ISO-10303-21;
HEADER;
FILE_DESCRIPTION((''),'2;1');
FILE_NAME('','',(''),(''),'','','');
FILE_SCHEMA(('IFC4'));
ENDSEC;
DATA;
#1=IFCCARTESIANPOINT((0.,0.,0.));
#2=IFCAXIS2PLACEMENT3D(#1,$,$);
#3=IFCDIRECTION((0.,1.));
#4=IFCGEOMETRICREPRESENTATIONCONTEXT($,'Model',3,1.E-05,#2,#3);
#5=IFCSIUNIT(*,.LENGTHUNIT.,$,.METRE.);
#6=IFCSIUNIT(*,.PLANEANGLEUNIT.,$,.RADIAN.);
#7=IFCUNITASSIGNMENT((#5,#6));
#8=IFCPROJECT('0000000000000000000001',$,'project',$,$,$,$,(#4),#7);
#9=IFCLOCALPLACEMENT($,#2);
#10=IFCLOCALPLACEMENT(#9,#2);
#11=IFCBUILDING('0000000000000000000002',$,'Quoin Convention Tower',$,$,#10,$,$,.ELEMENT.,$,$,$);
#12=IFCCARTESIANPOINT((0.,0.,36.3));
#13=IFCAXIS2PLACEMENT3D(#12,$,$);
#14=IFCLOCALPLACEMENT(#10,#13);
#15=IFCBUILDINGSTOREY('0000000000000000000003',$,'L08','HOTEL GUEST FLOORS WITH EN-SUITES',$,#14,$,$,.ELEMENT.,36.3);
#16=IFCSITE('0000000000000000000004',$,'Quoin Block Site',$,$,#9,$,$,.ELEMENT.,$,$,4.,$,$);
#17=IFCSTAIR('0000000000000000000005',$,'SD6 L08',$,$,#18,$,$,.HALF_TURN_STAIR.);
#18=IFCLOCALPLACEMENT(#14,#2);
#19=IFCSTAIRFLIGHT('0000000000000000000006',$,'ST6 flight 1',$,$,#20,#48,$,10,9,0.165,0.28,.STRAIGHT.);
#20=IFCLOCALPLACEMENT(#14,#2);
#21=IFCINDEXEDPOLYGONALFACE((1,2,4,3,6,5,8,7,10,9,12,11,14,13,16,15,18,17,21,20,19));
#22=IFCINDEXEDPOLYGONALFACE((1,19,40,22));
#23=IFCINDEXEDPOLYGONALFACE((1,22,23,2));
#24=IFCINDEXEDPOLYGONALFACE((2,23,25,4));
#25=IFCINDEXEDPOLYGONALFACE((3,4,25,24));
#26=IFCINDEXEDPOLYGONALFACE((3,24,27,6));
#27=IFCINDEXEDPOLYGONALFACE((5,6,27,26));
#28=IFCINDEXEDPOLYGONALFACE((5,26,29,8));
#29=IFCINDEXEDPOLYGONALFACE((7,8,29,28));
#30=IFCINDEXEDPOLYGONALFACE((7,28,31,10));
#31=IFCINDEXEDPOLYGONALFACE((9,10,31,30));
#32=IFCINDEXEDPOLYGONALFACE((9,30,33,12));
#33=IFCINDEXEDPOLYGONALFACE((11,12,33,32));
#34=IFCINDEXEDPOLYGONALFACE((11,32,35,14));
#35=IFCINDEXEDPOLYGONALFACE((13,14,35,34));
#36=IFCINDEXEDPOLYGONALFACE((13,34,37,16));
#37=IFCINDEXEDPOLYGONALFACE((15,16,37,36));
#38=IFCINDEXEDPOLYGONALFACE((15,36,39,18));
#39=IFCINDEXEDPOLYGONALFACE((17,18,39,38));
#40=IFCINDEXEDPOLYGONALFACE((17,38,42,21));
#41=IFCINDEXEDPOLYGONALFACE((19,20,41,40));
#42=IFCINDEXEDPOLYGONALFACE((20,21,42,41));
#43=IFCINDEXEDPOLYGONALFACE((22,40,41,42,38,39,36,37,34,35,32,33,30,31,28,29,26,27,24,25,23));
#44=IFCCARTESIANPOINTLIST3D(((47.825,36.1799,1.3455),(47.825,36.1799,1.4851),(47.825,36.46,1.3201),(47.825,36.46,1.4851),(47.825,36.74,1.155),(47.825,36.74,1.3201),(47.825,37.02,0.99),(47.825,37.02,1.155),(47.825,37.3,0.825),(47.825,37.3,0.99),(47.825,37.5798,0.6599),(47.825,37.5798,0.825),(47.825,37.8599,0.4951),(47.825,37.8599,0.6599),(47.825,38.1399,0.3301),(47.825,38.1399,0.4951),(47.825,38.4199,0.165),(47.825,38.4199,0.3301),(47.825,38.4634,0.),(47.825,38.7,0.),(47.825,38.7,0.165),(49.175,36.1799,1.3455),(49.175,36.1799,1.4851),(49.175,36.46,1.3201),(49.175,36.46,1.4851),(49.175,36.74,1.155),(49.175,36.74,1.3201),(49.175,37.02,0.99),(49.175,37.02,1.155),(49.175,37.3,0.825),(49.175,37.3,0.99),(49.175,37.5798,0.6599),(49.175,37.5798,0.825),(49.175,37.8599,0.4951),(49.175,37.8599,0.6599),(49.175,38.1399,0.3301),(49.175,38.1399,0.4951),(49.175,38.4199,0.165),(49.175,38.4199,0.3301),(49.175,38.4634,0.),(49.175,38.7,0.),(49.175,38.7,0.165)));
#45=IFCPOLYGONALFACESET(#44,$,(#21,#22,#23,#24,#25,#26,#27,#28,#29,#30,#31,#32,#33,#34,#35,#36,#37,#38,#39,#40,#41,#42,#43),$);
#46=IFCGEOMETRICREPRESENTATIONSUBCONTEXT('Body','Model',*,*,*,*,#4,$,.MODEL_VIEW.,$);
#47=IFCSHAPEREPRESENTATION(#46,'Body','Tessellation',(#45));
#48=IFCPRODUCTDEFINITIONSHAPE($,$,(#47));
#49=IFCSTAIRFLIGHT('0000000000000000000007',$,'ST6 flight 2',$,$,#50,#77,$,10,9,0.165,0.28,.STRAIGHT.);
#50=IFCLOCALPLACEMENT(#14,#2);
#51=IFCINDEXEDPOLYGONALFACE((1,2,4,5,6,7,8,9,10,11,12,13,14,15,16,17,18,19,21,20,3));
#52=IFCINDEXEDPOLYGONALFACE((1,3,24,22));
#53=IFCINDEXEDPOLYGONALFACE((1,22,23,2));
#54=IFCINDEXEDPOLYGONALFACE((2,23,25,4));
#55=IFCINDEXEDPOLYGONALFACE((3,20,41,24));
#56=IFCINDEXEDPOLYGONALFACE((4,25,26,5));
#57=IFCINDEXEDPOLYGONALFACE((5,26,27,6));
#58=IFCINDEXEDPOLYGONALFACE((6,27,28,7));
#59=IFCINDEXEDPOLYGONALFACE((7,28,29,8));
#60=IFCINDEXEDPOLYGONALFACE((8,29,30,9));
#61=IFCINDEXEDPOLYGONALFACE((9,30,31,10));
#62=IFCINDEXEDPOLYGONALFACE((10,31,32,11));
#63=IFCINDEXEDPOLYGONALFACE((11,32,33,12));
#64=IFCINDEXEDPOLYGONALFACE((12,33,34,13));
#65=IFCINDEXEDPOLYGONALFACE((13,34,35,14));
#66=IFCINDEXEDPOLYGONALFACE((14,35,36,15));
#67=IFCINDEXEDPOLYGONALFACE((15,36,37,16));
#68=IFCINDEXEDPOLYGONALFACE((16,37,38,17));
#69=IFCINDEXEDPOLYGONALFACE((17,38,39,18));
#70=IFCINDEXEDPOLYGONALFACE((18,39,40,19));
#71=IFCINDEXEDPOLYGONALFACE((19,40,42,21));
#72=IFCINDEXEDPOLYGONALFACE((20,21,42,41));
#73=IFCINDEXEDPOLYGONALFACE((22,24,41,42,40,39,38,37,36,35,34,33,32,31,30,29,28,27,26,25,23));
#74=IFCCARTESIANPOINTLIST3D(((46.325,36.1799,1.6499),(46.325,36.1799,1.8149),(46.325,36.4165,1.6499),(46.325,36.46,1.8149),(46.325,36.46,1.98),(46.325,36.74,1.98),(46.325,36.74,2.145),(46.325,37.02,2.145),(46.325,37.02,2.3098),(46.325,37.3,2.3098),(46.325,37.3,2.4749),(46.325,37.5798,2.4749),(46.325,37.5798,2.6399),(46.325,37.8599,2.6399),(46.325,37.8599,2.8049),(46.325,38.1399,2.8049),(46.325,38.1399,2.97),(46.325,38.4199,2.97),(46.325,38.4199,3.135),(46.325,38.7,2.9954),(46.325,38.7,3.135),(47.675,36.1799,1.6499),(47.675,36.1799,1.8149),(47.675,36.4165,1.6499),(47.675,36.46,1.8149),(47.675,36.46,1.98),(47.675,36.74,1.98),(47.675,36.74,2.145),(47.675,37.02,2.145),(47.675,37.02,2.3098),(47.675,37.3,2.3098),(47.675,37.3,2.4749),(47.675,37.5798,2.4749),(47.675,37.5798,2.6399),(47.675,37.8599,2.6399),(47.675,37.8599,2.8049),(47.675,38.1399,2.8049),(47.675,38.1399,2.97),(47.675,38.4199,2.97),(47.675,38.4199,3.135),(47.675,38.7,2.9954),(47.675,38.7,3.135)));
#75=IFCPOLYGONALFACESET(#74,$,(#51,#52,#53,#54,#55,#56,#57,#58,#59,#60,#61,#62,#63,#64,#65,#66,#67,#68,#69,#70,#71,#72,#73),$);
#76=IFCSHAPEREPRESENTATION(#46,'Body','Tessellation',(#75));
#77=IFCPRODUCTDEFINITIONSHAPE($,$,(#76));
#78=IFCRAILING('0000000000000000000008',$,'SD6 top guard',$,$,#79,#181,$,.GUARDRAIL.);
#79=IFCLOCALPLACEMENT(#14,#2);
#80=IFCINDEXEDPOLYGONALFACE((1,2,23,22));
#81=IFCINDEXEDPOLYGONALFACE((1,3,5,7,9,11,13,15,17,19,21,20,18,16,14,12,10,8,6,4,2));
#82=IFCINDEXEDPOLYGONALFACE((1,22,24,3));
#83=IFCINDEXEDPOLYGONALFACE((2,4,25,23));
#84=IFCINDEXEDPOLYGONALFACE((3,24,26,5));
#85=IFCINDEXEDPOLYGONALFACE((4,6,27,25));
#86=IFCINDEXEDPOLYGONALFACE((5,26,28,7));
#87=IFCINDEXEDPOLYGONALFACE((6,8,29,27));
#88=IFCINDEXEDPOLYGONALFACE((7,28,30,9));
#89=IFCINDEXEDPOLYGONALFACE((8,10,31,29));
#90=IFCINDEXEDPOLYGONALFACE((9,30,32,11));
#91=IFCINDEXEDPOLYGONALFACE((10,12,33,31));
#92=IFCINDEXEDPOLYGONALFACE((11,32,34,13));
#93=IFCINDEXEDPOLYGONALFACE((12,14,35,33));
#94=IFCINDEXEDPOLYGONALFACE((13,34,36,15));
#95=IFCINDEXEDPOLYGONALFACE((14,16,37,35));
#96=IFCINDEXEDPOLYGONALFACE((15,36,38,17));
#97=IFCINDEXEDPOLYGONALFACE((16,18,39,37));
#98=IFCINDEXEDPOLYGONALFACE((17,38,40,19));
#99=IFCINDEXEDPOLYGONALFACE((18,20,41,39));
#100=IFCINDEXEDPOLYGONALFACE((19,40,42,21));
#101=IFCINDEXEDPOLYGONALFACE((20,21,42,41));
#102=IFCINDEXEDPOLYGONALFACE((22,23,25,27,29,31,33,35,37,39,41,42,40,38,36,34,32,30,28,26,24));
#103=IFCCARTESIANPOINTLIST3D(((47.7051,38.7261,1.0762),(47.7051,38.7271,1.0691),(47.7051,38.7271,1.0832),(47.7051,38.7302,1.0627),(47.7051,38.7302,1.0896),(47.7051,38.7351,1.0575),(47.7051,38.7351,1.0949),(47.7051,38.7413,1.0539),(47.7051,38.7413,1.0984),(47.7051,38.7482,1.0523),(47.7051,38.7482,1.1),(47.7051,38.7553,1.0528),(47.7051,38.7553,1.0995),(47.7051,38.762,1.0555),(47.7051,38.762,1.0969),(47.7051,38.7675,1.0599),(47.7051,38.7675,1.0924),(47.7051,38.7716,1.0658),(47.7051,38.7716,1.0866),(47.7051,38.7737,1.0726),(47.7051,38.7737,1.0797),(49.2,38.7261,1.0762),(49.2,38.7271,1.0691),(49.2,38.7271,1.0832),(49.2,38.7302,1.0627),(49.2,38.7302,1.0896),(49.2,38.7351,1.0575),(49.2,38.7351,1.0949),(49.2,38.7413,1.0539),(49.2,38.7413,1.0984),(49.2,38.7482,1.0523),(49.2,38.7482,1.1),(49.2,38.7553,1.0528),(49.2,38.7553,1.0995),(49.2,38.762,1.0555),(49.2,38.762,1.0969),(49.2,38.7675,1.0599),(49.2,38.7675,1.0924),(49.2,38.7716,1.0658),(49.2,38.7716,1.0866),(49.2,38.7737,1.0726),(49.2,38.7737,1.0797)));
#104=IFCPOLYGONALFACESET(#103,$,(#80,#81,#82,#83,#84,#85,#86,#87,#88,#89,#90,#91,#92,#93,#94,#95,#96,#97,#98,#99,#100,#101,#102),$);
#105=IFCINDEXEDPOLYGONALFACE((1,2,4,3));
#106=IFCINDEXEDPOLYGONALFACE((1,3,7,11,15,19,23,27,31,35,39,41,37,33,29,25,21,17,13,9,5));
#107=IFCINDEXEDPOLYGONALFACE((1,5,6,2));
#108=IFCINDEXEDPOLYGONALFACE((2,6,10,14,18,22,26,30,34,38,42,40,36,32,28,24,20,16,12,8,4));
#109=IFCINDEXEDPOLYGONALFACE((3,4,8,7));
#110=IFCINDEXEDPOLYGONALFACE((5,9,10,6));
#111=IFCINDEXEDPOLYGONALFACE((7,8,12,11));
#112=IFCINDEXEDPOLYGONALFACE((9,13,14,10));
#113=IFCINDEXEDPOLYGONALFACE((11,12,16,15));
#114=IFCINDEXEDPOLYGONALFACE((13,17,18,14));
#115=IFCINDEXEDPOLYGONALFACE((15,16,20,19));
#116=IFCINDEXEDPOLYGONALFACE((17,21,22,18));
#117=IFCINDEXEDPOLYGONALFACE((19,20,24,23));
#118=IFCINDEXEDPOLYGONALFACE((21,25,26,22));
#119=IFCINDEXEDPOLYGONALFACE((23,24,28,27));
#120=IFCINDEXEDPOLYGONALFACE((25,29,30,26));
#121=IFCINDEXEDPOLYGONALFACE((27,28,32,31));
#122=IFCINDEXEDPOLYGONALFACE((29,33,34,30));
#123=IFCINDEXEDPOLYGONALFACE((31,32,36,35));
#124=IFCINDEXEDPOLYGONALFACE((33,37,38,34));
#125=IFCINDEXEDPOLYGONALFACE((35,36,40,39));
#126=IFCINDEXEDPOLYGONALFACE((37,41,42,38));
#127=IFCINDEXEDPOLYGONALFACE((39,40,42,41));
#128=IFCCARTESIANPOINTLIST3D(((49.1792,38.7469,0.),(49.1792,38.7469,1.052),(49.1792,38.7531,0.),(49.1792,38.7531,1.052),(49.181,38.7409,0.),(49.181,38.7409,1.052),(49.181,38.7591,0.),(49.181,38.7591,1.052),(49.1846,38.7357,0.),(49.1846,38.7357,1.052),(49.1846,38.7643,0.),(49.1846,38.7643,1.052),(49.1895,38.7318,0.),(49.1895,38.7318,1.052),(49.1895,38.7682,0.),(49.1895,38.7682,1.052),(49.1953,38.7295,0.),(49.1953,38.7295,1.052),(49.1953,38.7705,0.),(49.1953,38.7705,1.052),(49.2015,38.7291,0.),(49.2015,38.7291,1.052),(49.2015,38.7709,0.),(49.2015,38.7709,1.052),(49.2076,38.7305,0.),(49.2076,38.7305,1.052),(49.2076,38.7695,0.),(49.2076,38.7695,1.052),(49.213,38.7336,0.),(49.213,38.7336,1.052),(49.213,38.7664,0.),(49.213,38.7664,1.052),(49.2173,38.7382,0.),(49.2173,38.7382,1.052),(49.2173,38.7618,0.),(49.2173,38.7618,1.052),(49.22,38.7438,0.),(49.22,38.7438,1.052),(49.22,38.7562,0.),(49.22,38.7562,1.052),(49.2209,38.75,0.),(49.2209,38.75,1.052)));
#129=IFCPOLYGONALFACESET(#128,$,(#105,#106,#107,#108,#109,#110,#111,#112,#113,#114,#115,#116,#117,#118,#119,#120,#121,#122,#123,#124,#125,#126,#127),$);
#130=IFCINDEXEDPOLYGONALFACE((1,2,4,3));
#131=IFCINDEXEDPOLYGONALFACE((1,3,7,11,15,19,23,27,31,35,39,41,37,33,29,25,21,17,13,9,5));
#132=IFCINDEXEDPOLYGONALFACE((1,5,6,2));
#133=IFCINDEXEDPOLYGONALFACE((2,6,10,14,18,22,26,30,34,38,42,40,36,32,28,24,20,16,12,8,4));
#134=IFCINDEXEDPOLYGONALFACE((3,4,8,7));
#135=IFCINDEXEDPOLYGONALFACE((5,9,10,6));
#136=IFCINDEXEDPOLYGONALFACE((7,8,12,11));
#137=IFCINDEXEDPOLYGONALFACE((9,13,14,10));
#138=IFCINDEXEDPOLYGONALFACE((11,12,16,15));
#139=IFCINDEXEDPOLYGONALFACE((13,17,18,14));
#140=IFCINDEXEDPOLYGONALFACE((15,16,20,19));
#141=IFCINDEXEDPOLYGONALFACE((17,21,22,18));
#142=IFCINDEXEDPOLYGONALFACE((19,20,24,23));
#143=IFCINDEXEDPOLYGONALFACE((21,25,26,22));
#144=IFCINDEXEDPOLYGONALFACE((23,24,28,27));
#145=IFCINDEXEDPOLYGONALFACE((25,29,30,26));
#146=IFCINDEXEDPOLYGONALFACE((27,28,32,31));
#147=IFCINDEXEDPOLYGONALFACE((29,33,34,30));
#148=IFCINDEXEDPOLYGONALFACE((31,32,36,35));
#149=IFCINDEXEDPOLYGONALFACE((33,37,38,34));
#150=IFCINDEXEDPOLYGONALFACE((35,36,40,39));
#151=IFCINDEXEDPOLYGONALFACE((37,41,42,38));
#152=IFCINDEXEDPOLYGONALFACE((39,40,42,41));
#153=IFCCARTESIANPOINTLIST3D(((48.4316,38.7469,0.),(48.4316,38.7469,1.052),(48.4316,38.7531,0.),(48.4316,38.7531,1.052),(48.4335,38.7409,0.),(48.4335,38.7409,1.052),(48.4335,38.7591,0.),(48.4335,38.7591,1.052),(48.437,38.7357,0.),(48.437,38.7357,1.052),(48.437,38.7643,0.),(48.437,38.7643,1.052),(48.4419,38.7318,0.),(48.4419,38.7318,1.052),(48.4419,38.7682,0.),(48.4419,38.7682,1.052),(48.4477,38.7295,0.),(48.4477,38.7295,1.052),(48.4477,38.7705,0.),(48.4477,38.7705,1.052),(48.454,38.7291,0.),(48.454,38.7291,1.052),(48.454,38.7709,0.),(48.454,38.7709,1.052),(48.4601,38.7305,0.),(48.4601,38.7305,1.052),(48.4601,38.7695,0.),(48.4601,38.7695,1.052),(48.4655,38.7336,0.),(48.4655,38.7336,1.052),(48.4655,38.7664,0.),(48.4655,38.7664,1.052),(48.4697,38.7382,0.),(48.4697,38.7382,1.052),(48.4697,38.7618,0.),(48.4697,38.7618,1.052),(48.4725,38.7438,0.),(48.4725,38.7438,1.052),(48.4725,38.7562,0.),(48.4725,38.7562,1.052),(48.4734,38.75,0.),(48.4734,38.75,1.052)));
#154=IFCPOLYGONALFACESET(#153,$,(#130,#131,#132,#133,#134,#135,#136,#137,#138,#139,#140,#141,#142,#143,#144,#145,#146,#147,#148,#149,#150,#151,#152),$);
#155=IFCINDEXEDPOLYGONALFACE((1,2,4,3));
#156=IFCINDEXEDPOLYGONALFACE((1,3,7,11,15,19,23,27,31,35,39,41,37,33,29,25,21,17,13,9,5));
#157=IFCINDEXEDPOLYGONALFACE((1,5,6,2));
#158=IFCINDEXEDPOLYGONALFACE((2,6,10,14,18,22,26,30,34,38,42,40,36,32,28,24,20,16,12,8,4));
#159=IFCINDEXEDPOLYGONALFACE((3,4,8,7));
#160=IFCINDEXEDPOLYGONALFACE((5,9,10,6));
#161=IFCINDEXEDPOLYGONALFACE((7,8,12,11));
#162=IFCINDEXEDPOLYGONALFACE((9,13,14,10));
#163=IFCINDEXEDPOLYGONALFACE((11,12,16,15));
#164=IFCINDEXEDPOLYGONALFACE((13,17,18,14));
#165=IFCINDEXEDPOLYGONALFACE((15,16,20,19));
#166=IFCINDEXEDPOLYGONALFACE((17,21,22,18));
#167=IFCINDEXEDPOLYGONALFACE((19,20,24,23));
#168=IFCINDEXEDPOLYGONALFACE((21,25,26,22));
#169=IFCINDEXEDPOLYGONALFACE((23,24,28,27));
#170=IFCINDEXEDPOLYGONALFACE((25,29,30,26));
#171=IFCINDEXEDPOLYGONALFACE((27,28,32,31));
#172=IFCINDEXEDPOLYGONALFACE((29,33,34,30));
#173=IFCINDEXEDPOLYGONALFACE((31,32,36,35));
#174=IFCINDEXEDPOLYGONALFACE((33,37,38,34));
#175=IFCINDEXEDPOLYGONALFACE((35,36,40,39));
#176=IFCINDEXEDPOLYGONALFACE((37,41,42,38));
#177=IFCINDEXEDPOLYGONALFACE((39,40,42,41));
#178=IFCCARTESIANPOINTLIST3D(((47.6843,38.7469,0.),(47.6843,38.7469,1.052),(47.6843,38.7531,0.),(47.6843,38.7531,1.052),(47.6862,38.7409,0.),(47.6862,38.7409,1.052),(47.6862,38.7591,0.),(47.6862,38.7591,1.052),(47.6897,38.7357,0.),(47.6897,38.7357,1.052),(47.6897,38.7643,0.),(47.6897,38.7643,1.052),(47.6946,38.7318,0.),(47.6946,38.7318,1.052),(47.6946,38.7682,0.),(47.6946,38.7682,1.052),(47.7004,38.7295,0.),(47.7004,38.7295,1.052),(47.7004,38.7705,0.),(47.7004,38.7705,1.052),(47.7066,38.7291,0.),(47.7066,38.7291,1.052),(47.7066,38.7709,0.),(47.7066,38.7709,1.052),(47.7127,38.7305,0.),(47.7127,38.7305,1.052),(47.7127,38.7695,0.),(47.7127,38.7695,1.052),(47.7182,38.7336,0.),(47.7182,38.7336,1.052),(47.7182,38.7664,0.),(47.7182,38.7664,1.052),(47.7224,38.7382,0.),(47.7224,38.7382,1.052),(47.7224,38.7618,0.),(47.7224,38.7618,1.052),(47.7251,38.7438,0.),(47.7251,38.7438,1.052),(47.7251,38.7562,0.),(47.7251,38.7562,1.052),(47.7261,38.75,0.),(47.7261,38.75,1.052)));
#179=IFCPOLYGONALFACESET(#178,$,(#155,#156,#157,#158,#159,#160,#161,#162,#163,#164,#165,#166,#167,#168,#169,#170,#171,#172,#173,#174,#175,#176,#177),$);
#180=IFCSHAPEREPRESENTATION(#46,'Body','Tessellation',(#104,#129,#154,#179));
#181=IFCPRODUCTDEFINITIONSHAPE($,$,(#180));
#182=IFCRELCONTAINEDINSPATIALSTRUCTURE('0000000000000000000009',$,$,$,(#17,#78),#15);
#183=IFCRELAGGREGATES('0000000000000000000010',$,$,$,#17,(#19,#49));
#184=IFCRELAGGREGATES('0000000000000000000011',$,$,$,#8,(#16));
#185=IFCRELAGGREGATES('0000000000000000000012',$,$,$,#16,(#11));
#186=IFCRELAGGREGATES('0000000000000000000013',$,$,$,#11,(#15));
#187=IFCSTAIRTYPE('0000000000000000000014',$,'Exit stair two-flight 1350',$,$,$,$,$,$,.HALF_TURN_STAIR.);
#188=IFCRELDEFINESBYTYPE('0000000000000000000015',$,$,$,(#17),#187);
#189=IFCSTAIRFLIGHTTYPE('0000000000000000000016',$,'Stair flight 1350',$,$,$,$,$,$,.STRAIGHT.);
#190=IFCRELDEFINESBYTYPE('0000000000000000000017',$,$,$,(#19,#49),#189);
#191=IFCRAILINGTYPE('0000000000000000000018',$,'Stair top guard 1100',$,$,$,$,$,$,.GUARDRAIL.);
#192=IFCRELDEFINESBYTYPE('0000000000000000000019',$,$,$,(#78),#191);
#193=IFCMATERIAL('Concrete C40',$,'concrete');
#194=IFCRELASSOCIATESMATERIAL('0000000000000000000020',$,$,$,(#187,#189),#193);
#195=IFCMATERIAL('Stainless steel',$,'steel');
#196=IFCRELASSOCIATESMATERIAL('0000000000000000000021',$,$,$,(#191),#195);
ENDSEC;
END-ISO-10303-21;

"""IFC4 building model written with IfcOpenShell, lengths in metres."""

from ifc_helpers import new_model, si_unit, direction, frame, origin, origin_2d, place, context, subcontext, project, spatial, polyline, circle, outline, extrude, material, type_object, element, aggregate, save


model = new_model("IFC4")

# Units and contexts
model_context = context("Model", 3, precision=1e-05, world=origin(), true_north=direction((0.0, 1.0)))
body_context = subcontext(model_context, "Body", "Model", "MODEL_VIEW")
ifc_project = project(units=[si_unit("LENGTHUNIT", "METRE"), si_unit("PLANEANGLEUNIT", "RADIAN")], contexts=[model_context])

# Site, building, storey
site_placement = place(None, origin())
site = spatial("IfcSite", under=ifc_project, at=site_placement, Name="Quoin Block Site", CompositionType="ELEMENT", RefElevation=4.0)
building_placement = place(site_placement, origin())
building = spatial("IfcBuilding", under=site, at=building_placement, Name="Quoin Convention Tower", CompositionType="ELEMENT")
storey_placement = place(building_placement, frame((0.0, 0.0, 36.3)))
storey = spatial("IfcBuildingStorey", under=building, at=storey_placement, Name="L08", Description="HOTEL GUEST FLOORS WITH EN-SUITES", CompositionType="ELEMENT", Elevation=36.3)

# Stair, stair flights
ifc_material_1 = material(Name="Concrete C40", Category="concrete")
stair_type = type_object("IfcStairType", Name="Exit stair two-flight 1350", PredefinedType="HALF_TURN_STAIR", material=ifc_material_1)
stair_flight_type = type_object("IfcStairFlightType", Name="Stair flight 1350", PredefinedType="STRAIGHT", material=ifc_material_1)
stair_1_placement = place(storey_placement, origin())
stair_1 = element("IfcStair", 1, at=stair_1_placement, inside=storey, type_object=stair_type, Name="SD6 L08", PredefinedType="HALF_TURN_STAIR")
stair_flight_1_placement = place(storey_placement, frame((48.5, 38.7, 0.0), z_axis=(0.0, 0.0, 1.0), x_axis=(0.0, -1.0, 0.0)))
stair_flight_1 = element("IfcStairFlight", 2, at=stair_flight_1_placement, type_object=stair_flight_type, Name="ST6 flight 1", NumberOfRisers=10, NumberOfTreads=9, PredefinedType="STRAIGHT", RiserHeight=0.165, TreadLength=0.28, context=body_context, shape_type="SweptSolid", body=[
    extrude(outline(polyline([(0.0, 0.0), (0.0, 0.165), (0.28, 0.165), (0.28, 0.3301), (0.5601, 0.3301), (0.5601, 0.4951), (0.8401, 0.4951), (0.8401, 0.6599), (1.1201, 0.6599), (1.1201, 0.825), (1.3999, 0.825), (1.3999, 0.99), (1.6799, 0.99), (1.6799, 1.155), (1.96, 1.155), (1.96, 1.3201), (2.24, 1.3201), (2.24, 1.4851), (2.52, 1.4851), (2.52, 1.6499), (2.52, 1.3455), (0.2366, 0.0), (0.0, 0.0)])), frame((0.0, 0.675, 0.0), z_axis=(0.0, -1.0, 0.0), x_axis=(1.0, 0.0, 0.0)), (0.0, 0.0, 1.0), 1.3501),
])
stair_flight_2_placement = place(storey_placement, frame((47.0, 36.1799, 1.6499), z_axis=(0.0, 0.0, 1.0), x_axis=(0.0, 1.0, 0.0)))
stair_flight_2 = element("IfcStairFlight", 3, at=stair_flight_2_placement, type_object=stair_flight_type, Name="ST6 flight 2", NumberOfRisers=10, NumberOfTreads=9, PredefinedType="STRAIGHT", RiserHeight=0.165, TreadLength=0.28, context=body_context, shape_type="SweptSolid", body=[
    extrude(outline(polyline([(0.0, 0.0), (0.0, 0.165), (0.28, 0.165), (0.28, 0.3301), (0.5601, 0.3301), (0.5601, 0.4951), (0.8401, 0.4951), (0.8401, 0.6599), (1.1201, 0.6599), (1.1201, 0.825), (1.3999, 0.825), (1.3999, 0.99), (1.6799, 0.99), (1.6799, 1.155), (1.96, 1.155), (1.96, 1.3201), (2.24, 1.3201), (2.24, 1.4851), (2.52, 1.4851), (2.52, 1.6499), (2.52, 1.3455), (0.2366, 0.0), (0.0, 0.0)])), frame((0.0, 0.675, 0.0), z_axis=(0.0, -1.0, 0.0), x_axis=(1.0, 0.0, 0.0)), (0.0, 0.0, 1.0), 1.3501),
])
aggregate(stair_1, [stair_flight_1, stair_flight_2])

# Railing
ifc_material_2 = material(Name="Stainless steel", Category="steel")
railing_type_1 = type_object("IfcRailingType", Name="Stair top guard 1100", PredefinedType="GUARDRAIL", material=ifc_material_2)
railing_1_placement = place(storey_placement, frame((49.2, 38.75, 0.0)))
element("IfcRailing", 4, at=railing_1_placement, inside=storey, type_object=railing_type_1, Name="SD6 top guard", PredefinedType="GUARDRAIL", context=body_context, shape_type="SweptSolid", body=[
    extrude(circle(Radius=0.0239, at=origin_2d()), frame((0.0, 0.0, 1.0762), z_axis=(-1.0, 0.0, 0.0), x_axis=(0.0, -1.0, 0.0)), (0.0, 0.0, 1.0), 1.4949),
    extrude(circle(Radius=0.021, at=origin_2d()), origin(), (0.0, 0.0, 1.0), 1.052),
    extrude(circle(Radius=0.021, at=origin_2d()), frame((-0.7476, 0.0, 0.0)), (0.0, 0.0, 1.0), 1.052),
    extrude(circle(Radius=0.021, at=origin_2d()), frame((-1.4949, 0.0, 0.0)), (0.0, 0.0, 1.0), 1.052),
])

save(model, "model.ifc")
